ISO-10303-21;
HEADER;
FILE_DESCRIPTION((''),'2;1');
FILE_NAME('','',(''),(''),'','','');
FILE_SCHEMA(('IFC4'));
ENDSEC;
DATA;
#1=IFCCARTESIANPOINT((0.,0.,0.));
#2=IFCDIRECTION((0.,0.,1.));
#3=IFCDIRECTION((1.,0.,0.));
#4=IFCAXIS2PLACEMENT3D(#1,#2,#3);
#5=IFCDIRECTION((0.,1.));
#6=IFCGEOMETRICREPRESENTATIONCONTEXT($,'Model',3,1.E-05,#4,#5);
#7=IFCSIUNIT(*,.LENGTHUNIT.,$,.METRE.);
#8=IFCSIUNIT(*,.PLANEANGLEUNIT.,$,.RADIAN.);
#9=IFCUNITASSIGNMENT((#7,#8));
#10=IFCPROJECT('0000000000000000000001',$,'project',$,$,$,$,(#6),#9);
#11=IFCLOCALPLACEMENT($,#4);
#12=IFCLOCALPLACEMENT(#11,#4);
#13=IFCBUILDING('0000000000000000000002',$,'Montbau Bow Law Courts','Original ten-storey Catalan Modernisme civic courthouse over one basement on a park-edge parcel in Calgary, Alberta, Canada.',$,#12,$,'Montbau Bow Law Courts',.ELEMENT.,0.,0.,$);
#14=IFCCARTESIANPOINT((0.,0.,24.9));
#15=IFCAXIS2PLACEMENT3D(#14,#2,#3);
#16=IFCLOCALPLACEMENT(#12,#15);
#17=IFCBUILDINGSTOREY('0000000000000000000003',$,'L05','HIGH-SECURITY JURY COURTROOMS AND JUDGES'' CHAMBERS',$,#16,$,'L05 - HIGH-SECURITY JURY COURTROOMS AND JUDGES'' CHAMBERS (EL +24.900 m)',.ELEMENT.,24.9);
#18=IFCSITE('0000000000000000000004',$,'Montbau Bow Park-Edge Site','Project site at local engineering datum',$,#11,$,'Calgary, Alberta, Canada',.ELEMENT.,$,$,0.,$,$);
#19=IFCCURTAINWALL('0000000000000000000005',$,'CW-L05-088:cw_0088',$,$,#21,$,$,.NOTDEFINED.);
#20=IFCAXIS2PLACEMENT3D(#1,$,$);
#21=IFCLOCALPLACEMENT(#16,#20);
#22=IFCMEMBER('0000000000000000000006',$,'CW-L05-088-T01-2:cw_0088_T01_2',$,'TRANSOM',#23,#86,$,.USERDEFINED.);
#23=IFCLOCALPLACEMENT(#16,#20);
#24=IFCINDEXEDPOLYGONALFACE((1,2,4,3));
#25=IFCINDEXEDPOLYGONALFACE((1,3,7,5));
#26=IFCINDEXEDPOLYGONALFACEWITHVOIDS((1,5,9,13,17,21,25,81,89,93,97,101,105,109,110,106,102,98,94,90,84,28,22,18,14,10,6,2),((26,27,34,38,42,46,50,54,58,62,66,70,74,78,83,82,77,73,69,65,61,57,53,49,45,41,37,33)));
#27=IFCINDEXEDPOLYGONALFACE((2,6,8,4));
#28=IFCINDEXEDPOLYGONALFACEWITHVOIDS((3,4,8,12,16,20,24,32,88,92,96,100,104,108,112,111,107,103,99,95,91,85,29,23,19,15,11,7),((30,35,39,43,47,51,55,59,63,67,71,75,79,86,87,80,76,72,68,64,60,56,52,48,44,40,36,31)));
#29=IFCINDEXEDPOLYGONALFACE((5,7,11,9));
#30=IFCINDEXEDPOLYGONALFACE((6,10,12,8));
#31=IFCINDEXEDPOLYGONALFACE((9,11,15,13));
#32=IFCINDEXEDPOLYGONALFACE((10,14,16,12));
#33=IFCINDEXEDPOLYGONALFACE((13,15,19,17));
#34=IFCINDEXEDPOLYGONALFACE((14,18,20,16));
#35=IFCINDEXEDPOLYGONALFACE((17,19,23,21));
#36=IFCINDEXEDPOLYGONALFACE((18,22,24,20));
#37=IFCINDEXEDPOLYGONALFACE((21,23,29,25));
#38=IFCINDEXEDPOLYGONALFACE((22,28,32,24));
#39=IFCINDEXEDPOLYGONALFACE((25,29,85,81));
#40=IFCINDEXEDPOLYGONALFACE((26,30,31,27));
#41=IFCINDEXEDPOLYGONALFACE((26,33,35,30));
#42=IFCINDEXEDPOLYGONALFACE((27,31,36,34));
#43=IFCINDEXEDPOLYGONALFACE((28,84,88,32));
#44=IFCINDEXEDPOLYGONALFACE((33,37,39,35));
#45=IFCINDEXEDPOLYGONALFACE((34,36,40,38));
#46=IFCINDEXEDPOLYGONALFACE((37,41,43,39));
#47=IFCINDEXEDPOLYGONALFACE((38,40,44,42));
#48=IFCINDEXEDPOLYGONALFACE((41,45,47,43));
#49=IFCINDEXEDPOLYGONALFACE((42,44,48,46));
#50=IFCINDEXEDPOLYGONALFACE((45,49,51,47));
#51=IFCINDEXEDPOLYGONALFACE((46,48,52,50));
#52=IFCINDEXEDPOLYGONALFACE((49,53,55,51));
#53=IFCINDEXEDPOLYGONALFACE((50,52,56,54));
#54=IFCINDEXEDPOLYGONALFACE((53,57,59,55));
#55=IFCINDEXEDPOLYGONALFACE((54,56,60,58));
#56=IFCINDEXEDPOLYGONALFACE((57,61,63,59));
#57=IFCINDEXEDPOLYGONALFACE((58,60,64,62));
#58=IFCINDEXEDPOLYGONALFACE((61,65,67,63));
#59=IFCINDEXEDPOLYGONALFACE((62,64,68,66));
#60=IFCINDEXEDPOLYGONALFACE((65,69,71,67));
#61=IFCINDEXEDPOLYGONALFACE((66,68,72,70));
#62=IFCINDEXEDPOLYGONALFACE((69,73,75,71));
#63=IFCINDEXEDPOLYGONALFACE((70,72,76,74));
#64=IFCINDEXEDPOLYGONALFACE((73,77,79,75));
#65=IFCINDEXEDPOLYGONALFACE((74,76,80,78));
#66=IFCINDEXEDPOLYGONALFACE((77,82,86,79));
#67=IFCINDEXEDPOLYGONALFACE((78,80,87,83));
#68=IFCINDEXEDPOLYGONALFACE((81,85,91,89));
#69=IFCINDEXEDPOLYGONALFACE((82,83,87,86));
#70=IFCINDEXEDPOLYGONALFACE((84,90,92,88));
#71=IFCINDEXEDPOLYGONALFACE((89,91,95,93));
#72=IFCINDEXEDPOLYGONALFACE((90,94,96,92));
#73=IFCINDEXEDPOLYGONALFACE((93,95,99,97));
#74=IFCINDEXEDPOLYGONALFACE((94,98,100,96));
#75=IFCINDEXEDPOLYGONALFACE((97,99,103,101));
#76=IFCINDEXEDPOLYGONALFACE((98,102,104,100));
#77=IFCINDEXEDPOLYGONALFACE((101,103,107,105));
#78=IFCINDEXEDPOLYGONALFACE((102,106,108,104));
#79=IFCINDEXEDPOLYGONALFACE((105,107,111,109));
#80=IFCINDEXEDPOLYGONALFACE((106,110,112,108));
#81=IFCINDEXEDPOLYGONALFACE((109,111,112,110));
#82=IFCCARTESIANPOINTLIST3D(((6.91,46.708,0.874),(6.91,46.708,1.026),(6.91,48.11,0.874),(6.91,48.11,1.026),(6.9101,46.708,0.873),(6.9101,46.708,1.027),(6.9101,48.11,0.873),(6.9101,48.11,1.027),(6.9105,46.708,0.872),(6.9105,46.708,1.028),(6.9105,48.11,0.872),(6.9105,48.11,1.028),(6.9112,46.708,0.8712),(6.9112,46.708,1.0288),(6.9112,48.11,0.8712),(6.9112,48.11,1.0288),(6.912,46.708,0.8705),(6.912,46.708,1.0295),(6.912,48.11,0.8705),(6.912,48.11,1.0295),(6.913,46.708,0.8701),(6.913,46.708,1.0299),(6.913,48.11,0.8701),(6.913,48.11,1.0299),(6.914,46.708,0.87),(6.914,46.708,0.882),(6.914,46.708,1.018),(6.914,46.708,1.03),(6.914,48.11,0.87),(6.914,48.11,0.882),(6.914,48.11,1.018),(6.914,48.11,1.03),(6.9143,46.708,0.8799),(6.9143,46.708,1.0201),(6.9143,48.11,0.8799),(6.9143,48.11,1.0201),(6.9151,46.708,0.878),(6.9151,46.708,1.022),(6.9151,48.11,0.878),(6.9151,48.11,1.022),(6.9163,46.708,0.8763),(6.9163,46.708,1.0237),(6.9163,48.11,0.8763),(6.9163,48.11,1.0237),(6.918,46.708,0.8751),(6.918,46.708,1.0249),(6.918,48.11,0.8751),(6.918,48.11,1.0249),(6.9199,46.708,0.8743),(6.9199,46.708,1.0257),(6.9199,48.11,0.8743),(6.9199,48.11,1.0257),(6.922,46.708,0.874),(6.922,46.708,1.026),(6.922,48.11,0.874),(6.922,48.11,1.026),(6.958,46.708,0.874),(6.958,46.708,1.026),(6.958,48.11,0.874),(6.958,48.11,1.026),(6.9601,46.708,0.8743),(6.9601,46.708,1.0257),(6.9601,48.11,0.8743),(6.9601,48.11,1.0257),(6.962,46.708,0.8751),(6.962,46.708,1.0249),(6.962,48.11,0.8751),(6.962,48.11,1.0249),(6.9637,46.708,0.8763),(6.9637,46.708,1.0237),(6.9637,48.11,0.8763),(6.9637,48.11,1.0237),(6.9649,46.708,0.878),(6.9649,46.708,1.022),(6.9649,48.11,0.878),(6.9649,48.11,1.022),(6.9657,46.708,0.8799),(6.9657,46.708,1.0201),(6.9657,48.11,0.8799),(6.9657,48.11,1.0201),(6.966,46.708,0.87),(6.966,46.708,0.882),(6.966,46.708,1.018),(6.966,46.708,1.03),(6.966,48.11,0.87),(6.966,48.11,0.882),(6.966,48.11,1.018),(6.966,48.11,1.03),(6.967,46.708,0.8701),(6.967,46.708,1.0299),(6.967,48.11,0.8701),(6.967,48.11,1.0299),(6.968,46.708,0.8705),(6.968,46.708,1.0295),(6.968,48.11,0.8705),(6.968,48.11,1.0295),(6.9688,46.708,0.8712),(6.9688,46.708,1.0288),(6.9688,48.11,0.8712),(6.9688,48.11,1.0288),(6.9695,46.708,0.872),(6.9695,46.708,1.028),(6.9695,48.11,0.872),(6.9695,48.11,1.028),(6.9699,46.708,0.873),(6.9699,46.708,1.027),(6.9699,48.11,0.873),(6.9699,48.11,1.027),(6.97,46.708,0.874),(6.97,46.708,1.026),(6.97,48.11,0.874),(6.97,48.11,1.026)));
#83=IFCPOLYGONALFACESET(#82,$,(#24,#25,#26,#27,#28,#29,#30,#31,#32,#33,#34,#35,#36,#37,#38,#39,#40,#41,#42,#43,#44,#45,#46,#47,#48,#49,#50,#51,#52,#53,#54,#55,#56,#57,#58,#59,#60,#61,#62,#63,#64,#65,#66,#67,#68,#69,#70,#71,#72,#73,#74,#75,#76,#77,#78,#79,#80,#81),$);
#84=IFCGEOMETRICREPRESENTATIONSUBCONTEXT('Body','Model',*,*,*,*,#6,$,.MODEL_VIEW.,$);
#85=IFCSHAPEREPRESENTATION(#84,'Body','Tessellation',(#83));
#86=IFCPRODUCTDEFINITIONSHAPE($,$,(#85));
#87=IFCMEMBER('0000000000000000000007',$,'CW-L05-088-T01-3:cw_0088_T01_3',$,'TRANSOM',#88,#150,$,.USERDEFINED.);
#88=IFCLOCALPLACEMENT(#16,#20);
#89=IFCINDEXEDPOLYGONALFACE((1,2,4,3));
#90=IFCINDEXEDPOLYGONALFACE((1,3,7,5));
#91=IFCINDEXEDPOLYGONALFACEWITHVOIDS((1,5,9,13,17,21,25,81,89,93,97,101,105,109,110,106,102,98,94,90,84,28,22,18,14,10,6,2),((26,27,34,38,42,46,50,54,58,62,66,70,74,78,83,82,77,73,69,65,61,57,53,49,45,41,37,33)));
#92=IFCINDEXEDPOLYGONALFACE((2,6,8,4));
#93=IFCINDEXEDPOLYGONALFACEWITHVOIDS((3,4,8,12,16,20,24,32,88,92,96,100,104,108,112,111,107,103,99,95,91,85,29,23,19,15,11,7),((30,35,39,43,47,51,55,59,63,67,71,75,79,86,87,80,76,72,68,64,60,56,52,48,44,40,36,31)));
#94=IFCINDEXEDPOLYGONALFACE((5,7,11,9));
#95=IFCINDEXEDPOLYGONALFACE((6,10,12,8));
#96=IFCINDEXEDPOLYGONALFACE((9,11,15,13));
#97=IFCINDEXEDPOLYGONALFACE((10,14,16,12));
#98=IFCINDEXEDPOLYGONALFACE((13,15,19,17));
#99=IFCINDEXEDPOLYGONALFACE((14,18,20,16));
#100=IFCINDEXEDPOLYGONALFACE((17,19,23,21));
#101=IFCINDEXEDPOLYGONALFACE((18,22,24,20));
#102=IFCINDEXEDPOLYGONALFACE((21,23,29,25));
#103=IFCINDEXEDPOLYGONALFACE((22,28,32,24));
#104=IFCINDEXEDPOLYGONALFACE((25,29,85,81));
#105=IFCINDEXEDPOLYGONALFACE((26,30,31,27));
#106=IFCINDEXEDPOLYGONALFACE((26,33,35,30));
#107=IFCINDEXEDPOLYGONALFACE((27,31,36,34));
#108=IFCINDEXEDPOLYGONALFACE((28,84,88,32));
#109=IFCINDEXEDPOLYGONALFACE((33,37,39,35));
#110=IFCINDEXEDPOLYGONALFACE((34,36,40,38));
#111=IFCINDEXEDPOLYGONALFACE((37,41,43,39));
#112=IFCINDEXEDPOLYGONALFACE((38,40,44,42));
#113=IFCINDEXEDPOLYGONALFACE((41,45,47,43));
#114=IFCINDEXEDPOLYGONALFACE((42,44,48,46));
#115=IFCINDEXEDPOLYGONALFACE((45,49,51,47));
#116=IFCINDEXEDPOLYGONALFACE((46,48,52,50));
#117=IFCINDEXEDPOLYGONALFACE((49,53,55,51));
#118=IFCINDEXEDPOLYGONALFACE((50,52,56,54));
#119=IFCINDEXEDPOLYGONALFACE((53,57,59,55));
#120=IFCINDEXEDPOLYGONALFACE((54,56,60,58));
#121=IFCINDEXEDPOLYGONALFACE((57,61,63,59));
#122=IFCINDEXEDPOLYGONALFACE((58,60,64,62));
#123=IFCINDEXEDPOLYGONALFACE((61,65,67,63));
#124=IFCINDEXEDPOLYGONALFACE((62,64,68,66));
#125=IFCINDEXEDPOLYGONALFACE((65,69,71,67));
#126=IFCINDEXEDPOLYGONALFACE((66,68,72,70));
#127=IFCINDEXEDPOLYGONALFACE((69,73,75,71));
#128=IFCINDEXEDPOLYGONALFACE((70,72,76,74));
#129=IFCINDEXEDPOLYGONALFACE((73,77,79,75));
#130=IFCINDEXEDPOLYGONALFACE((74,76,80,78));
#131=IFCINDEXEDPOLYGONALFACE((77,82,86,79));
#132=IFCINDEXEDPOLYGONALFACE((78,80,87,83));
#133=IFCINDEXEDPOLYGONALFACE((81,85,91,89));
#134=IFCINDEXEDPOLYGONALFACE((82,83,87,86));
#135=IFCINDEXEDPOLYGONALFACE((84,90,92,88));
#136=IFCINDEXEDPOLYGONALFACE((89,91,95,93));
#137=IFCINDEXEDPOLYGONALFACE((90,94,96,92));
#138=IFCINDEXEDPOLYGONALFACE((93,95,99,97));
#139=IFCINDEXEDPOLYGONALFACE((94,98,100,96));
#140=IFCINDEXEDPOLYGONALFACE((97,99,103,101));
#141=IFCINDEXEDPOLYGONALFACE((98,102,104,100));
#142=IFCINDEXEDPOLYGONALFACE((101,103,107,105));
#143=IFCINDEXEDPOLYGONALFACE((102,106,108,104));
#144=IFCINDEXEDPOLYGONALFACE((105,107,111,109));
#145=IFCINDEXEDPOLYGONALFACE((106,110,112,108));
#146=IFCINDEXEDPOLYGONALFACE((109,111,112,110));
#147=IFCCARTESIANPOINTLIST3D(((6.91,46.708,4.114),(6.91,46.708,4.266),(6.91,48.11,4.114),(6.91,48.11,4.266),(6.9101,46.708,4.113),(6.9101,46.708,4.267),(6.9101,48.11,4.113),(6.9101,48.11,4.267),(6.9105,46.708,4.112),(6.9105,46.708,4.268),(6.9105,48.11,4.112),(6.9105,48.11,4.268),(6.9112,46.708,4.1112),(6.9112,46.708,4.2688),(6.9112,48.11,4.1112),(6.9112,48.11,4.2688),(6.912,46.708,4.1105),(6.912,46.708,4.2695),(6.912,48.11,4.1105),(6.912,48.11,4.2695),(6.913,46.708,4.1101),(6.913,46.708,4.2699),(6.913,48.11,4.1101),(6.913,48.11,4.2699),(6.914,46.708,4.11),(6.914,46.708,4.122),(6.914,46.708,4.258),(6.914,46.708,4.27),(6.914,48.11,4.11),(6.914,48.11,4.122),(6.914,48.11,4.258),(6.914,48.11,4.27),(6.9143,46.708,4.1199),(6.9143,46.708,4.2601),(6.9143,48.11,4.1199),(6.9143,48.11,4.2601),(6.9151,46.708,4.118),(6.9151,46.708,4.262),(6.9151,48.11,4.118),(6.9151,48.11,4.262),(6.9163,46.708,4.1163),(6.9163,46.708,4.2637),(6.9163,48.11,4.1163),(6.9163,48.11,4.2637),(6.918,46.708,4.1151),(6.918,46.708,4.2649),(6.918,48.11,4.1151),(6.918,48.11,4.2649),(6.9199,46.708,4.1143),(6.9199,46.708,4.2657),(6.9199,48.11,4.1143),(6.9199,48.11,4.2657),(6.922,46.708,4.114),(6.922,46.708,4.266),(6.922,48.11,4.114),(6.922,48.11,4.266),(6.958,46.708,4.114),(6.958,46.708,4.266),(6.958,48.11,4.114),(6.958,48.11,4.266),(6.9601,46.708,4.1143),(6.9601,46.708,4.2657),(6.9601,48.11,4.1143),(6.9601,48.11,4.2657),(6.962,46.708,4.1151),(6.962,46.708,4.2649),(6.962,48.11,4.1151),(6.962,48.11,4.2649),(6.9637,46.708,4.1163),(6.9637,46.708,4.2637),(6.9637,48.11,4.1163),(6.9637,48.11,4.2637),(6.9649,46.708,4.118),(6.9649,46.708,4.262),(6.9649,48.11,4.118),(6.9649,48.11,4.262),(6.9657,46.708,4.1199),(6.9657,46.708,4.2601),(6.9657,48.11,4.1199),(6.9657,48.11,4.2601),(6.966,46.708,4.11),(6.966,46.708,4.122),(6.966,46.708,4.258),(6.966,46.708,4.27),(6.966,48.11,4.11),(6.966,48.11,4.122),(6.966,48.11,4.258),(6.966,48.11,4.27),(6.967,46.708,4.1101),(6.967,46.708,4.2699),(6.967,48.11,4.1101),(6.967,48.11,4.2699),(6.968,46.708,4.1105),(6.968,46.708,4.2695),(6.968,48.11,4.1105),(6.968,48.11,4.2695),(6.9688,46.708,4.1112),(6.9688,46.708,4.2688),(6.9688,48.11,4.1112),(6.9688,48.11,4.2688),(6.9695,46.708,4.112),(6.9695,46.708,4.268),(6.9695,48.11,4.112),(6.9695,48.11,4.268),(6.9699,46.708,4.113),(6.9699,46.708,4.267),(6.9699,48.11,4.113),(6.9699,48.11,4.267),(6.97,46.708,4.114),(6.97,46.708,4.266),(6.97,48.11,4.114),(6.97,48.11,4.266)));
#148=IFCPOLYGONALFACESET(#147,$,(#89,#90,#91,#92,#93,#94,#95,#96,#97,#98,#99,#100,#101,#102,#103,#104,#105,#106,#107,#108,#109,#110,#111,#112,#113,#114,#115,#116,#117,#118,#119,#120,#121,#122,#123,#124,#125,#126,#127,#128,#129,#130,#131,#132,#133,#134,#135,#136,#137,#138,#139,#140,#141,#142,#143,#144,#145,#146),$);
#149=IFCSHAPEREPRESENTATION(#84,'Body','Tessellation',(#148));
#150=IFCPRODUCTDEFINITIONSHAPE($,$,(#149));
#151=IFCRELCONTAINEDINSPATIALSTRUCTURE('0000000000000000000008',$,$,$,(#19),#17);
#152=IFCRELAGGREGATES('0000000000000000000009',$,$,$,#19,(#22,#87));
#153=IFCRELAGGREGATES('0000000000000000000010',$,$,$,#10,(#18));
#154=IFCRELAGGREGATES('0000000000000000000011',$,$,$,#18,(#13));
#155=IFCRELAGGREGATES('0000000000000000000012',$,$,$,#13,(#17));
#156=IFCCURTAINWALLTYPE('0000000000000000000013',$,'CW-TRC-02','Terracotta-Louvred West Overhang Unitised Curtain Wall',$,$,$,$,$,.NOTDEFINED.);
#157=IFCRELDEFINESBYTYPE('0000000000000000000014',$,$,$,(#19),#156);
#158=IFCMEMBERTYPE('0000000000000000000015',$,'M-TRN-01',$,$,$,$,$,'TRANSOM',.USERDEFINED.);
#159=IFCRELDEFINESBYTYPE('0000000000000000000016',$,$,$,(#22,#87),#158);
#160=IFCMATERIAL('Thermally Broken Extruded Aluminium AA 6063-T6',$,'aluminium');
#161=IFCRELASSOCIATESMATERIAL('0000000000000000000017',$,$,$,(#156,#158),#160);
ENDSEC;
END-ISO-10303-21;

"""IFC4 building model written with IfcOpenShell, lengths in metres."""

from ifc_helpers import new_model, si_unit, direction, frame, origin_with_axes, origin_2d_with_axis, place, context, subcontext, project, spatial, hollow_rectangle, extrude, material, material_profile, profile_set, type_object, element, aggregate, save


model = new_model("IFC4")

# Units and contexts
model_context = context("Model", 3, precision=1e-05, world=origin_with_axes(), true_north=direction((0.0, 1.0)))
body_context = subcontext(model_context, "Body", "Model", "MODEL_VIEW")
ifc_project = project(units=[si_unit("LENGTHUNIT", "METRE"), si_unit("PLANEANGLEUNIT", "RADIAN")], contexts=[model_context])

# Site, building, storey
site_placement = place(None, origin_with_axes())
site = spatial("IfcSite", under=ifc_project, at=site_placement, Name="Montbau Bow Park-Edge Site", Description="Project site at local engineering datum", LongName="Calgary, Alberta, Canada", CompositionType="ELEMENT", RefElevation=0.0)
building_placement = place(site_placement, origin_with_axes())
building = spatial("IfcBuilding", under=site, at=building_placement, Name="Montbau Bow Law Courts", Description="Original ten-storey Catalan Modernisme civic courthouse over one basement on a park-edge parcel in Calgary, Alberta, Canada.", LongName="Montbau Bow Law Courts", CompositionType="ELEMENT", ElevationOfRefHeight=0.0, ElevationOfTerrain=0.0)
storey_placement = place(building_placement, frame((0.0, 0.0, 24.9), z_axis=(0.0, 0.0, 1.0), x_axis=(1.0, 0.0, 0.0)))
storey = spatial("IfcBuildingStorey", under=building, at=storey_placement, Name="L05", Description="HIGH-SECURITY JURY COURTROOMS AND JUDGES' CHAMBERS", LongName="L05 - HIGH-SECURITY JURY COURTROOMS AND JUDGES' CHAMBERS (EL +24.900 m)", CompositionType="ELEMENT", Elevation=24.9)

# Curtain wall, members
ifc_material_1 = material(Name="Thermally Broken Extruded Aluminium AA 6063-T6", Category="aluminium")
curtain_wall_type = type_object("IfcCurtainWallType", Name="CW-TRC-02", Description="Terracotta-Louvred West Overhang Unitised Curtain Wall", PredefinedType="NOTDEFINED", material=ifc_material_1)
curtain_wall_placement = place(None, frame((6.94, 46.64, 24.9), z_axis=(0.0, 0.0, 1.0), x_axis=(1.0, 0.0, 0.0)))
curtain_wall = element("IfcCurtainWall", 1, at=curtain_wall_placement, inside=storey, type_object=curtain_wall_type, Name="CW-L05-088:cw_0088", PredefinedType="NOTDEFINED")
ifc_material_profile_1 = material_profile(ifc_material_1, hollow_rectangle(XDim=0.06, YDim=0.16, WallThickness=0.004, InnerFilletRadius=0.008, OuterFilletRadius=0.004, at=origin_2d_with_axis()), Name="CWT-160X60", Category="Main", Priority=0)
ifc_profile_set_1 = profile_set([ifc_material_profile_1], Name="Thermally Broken Extruded Aluminium AA 6063-T6")
member_type_1 = type_object("IfcMemberType", Name="M-TRN-01", ElementType="TRANSOM", PredefinedType="USERDEFINED", material=ifc_profile_set_1)
member_1_placement = place(None, frame((6.94, 46.708, 25.85), z_axis=(0.0, 1.0, 0.0), x_axis=(-1.0, 0.0, 0.0)))
member_1 = element("IfcMember", 2, at=member_1_placement, type_object=member_type_1, Name="CW-L05-088-T01-2:cw_0088_T01_2", ObjectType="TRANSOM", PredefinedType="USERDEFINED", context=body_context, shape_type="SweptSolid", body=[
    extrude(hollow_rectangle(XDim=0.06, YDim=0.16, WallThickness=0.004, InnerFilletRadius=0.008, OuterFilletRadius=0.004, at=origin_2d_with_axis()), origin_with_axes(), (0.0, 0.0, 1.0), 1.402),
])
member_2_placement = place(None, frame((6.94, 46.708, 29.09), z_axis=(0.0, 1.0, 0.0), x_axis=(-1.0, 0.0, 0.0)))
member_2 = element("IfcMember", 3, at=member_2_placement, type_object=member_type_1, Name="CW-L05-088-T01-3:cw_0088_T01_3", ObjectType="TRANSOM", PredefinedType="USERDEFINED", context=body_context, shape_type="SweptSolid", body=[
    extrude(hollow_rectangle(XDim=0.06, YDim=0.16, WallThickness=0.004, InnerFilletRadius=0.008, OuterFilletRadius=0.004, at=origin_2d_with_axis()), origin_with_axes(), (0.0, 0.0, 1.0), 1.402),
])
aggregate(curtain_wall, [member_1, member_2])

save(model, "model.ifc")
